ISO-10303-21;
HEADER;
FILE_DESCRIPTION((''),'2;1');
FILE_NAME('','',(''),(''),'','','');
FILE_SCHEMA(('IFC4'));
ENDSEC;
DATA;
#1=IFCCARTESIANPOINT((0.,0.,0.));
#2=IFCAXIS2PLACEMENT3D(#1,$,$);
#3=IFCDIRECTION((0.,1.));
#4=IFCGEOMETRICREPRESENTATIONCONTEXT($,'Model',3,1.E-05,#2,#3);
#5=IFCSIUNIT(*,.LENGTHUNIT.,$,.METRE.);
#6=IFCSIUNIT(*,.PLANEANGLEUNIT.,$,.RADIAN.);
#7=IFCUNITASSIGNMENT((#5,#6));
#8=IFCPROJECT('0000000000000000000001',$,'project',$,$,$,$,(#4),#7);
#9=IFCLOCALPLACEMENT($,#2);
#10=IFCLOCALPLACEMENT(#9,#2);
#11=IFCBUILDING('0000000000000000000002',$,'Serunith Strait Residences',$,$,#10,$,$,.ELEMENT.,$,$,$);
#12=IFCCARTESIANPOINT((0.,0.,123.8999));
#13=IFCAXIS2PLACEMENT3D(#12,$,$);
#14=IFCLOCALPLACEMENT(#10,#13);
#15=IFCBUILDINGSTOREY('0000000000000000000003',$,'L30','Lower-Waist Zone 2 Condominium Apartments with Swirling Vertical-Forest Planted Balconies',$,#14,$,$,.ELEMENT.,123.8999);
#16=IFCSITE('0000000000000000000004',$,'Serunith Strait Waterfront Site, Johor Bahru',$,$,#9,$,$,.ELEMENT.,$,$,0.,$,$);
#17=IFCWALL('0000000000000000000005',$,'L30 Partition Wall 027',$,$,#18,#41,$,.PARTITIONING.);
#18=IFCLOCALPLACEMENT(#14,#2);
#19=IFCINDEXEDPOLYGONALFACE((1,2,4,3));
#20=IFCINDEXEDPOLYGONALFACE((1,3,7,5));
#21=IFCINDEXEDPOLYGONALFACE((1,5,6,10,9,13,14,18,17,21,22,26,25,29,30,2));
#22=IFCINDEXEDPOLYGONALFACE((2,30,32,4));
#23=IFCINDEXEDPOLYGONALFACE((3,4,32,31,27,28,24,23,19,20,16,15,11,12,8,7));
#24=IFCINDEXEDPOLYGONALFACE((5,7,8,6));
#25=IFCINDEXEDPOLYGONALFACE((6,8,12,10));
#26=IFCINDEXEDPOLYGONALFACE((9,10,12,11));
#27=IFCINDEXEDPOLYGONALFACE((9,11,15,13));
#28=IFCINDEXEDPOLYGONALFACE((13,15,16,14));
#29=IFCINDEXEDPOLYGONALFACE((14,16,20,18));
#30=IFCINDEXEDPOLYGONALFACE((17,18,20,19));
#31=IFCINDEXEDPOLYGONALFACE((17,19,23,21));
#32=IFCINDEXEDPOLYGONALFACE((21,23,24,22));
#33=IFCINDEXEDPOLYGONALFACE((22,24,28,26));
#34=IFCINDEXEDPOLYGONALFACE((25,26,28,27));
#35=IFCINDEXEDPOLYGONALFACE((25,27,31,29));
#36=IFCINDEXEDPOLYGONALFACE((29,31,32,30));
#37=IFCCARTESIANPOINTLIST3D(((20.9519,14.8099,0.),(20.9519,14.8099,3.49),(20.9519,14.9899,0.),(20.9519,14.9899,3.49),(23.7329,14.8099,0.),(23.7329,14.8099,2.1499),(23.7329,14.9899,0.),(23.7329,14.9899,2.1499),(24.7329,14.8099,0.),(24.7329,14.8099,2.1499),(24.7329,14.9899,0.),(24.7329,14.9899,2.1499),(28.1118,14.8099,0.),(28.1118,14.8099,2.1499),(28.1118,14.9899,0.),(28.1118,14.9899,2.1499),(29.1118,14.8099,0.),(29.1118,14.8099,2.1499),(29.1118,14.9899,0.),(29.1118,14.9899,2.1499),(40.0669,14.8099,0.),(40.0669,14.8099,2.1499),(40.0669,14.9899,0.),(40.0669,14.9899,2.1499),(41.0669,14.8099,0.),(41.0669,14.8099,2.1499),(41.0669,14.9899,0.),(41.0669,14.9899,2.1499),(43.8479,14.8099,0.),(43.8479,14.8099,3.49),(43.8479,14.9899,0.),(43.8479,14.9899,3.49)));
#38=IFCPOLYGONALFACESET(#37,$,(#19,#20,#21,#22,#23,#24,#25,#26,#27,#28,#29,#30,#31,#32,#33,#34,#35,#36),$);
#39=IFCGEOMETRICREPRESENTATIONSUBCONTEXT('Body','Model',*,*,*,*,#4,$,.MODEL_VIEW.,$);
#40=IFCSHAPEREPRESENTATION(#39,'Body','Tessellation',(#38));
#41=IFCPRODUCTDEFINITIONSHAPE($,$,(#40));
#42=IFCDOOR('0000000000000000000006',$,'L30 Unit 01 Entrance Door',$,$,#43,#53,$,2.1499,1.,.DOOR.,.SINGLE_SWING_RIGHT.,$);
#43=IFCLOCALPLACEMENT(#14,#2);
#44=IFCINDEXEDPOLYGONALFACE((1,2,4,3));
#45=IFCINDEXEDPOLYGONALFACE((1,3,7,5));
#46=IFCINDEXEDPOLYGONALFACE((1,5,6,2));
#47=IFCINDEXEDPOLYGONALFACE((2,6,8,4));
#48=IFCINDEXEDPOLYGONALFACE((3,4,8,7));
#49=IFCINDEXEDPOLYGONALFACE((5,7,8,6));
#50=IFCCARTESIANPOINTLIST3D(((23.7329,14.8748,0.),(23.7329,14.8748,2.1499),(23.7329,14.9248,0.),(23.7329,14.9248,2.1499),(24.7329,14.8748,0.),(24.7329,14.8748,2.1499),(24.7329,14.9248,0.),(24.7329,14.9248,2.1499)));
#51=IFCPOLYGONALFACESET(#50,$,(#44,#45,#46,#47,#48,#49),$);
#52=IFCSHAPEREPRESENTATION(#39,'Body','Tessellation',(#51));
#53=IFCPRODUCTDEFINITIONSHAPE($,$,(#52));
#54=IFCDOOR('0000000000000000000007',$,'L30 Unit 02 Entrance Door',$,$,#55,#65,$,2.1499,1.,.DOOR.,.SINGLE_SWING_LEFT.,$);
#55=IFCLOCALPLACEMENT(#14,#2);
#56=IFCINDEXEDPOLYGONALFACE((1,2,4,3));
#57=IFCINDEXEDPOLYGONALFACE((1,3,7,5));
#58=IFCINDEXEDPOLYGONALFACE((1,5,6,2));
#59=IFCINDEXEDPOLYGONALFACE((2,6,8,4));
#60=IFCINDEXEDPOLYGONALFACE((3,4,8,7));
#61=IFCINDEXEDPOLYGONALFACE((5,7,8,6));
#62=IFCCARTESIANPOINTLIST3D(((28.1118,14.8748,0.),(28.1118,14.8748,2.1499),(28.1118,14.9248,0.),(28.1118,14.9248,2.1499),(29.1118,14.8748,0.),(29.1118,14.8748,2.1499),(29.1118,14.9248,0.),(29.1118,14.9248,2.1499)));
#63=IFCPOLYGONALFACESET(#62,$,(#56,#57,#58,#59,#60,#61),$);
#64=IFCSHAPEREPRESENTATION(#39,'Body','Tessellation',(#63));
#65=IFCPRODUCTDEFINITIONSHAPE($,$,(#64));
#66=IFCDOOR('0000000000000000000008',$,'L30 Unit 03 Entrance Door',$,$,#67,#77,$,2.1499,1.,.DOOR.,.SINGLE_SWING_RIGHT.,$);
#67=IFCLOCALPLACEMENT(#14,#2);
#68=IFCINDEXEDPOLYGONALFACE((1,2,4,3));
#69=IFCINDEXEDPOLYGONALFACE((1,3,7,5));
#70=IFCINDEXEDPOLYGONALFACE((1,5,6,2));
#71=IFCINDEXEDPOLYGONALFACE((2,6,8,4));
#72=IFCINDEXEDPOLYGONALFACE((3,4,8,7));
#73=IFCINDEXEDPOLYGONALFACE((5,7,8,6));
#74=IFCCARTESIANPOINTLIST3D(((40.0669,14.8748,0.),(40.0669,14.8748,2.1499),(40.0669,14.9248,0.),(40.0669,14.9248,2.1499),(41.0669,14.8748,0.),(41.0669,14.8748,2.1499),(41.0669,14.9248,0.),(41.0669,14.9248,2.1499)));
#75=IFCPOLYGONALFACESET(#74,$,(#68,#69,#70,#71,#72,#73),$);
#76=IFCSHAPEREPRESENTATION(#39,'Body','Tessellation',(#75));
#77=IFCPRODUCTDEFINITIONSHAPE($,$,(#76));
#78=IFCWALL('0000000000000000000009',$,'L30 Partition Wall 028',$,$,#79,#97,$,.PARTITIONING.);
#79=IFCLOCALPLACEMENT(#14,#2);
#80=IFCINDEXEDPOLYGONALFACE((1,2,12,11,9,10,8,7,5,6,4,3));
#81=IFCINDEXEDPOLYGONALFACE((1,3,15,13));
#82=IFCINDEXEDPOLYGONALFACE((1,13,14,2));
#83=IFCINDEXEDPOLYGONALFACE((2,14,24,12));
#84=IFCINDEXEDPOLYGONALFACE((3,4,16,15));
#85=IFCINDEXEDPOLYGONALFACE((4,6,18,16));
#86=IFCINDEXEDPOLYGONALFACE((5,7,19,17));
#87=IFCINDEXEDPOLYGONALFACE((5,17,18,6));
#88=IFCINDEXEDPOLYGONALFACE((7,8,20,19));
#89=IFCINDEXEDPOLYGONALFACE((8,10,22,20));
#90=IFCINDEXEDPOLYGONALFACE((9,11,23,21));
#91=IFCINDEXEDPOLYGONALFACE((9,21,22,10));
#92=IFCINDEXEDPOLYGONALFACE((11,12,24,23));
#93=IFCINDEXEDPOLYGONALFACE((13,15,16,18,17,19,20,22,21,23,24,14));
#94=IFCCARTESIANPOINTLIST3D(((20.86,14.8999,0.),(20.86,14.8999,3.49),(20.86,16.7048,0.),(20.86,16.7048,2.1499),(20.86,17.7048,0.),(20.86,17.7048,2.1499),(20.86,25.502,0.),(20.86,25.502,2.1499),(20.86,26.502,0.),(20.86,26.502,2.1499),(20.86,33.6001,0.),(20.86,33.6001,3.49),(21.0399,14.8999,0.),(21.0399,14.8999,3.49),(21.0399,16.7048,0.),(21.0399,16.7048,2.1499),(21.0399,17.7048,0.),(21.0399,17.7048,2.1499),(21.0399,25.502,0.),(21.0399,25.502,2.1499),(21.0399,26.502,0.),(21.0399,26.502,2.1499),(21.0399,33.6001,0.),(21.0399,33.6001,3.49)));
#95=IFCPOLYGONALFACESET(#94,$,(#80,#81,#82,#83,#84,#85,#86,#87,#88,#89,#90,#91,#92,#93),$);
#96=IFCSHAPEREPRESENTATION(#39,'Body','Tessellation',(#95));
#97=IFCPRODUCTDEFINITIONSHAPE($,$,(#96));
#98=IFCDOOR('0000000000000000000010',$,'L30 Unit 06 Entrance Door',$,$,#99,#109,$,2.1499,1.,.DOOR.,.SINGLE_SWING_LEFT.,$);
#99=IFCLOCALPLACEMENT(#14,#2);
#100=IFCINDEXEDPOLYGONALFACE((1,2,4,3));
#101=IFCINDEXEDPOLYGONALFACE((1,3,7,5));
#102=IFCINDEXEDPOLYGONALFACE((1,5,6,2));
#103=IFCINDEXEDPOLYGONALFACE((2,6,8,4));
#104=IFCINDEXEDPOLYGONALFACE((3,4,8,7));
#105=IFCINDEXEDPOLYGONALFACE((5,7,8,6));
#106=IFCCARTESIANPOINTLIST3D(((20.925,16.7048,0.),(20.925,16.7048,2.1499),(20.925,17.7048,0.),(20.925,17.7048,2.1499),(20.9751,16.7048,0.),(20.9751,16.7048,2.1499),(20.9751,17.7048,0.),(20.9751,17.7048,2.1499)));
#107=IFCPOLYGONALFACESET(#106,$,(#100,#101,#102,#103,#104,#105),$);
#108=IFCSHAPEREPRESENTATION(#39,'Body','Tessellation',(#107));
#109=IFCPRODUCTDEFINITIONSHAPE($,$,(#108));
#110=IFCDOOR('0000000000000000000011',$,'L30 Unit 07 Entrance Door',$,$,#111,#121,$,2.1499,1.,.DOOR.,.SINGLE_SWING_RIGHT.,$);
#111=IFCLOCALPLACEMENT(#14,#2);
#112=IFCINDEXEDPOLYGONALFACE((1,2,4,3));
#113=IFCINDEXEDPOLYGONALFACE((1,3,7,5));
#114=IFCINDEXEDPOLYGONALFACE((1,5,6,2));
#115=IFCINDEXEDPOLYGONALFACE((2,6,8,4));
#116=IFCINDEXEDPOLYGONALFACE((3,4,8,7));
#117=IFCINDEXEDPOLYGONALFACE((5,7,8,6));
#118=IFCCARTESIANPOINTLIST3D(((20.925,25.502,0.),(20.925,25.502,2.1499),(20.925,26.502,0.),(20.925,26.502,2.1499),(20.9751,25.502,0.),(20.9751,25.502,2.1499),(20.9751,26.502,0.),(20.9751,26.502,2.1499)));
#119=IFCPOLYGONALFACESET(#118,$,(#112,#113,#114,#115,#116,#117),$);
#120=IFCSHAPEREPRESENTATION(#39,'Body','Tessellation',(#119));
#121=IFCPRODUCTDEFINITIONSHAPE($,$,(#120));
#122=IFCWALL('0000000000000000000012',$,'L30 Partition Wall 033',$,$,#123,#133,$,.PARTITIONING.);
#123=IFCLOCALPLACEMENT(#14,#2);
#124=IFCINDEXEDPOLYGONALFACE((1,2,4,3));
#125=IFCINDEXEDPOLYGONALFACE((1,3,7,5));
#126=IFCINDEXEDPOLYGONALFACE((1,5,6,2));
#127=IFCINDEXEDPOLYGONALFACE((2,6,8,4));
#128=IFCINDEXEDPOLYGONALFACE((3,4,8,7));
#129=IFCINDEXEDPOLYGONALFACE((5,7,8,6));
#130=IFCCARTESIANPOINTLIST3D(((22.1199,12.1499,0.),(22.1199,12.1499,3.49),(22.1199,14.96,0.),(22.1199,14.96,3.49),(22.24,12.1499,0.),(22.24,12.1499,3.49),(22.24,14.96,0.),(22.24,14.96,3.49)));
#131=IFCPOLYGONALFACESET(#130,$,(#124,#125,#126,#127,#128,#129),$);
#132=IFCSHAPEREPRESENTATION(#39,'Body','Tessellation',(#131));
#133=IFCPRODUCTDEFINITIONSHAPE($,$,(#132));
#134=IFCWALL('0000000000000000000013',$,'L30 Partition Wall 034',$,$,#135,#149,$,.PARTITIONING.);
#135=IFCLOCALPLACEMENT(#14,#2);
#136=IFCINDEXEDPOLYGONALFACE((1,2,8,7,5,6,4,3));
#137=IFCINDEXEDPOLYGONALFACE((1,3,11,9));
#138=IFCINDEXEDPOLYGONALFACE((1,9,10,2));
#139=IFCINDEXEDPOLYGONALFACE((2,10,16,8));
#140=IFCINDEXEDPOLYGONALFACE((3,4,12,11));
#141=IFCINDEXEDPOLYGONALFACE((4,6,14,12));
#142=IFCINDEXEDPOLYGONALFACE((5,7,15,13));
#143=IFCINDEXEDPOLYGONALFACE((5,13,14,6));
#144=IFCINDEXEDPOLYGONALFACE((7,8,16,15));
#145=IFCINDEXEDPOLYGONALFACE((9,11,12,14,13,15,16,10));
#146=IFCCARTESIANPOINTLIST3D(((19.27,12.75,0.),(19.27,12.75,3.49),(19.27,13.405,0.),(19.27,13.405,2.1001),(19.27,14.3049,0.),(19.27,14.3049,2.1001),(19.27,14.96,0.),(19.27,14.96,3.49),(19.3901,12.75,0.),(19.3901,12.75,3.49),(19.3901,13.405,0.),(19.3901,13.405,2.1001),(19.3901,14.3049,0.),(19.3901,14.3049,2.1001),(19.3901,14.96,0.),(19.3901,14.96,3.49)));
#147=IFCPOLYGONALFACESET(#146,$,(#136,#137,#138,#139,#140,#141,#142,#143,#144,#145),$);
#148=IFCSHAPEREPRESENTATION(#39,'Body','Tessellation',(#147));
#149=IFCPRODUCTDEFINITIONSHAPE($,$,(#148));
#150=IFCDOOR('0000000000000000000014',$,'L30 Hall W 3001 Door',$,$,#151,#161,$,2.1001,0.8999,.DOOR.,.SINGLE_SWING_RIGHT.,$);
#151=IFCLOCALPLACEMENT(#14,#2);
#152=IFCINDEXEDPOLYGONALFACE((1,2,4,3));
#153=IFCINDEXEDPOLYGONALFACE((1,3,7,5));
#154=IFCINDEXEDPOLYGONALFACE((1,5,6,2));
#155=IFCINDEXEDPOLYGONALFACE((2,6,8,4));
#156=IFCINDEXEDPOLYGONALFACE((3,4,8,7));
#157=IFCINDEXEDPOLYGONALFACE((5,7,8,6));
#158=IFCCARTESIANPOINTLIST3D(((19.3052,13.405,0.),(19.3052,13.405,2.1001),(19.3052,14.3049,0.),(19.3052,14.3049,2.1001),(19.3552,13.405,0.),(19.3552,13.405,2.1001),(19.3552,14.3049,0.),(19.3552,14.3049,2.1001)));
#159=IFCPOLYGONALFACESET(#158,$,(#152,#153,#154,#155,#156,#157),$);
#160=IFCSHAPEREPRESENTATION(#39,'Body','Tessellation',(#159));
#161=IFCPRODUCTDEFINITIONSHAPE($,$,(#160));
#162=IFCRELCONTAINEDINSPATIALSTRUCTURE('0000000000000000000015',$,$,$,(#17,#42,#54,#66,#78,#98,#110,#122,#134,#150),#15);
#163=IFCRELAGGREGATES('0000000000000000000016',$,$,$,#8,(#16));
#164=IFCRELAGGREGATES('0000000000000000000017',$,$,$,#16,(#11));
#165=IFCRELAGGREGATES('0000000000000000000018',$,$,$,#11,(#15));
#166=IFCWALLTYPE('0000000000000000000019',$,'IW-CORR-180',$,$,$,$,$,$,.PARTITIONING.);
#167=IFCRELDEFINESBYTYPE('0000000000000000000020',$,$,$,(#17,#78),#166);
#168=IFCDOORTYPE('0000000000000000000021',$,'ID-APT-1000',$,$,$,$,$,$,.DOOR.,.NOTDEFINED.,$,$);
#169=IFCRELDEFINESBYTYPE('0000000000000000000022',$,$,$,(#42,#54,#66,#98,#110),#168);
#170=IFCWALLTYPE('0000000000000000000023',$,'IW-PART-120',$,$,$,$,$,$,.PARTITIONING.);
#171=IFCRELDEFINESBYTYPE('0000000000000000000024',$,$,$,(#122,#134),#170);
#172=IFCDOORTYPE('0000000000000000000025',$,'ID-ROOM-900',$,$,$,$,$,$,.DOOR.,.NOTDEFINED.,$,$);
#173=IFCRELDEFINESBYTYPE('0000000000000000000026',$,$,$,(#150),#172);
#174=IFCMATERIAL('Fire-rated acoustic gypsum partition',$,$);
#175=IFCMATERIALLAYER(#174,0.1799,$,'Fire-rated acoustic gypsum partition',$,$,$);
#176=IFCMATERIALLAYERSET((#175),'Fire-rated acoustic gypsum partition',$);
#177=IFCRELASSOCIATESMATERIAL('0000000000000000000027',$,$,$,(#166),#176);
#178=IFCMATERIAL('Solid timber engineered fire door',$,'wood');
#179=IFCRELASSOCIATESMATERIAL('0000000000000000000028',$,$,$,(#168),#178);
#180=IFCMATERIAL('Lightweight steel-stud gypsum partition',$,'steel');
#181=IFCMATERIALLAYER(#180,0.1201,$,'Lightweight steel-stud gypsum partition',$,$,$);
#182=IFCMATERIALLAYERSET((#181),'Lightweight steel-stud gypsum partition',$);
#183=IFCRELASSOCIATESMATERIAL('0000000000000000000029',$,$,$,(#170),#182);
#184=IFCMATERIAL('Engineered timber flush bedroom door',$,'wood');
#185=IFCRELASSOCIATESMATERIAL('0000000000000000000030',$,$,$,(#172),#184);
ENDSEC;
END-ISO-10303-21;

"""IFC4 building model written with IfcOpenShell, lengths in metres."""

from ifc_helpers import new_model, si_unit, direction, frame, frame_2d, origin, place, context, subcontext, project, spatial, rectangle, extrude, source, transform, mapped, material, layer, layer_set, type_object, element, fill, save


model = new_model("IFC4")

# Units and contexts
model_context = context("Model", 3, precision=1e-05, world=origin(), true_north=direction((0.0, 1.0)))
body_context = subcontext(model_context, "Body", "Model", "MODEL_VIEW")
ifc_project = project(units=[si_unit("LENGTHUNIT", "METRE"), si_unit("PLANEANGLEUNIT", "RADIAN")], contexts=[model_context])

# Site, building, storey
site_placement = place(None, origin())
site = spatial("IfcSite", under=ifc_project, at=site_placement, Name="Serunith Strait Waterfront Site, Johor Bahru", CompositionType="ELEMENT", RefElevation=0.0)
building_placement = place(site_placement, origin())
building = spatial("IfcBuilding", under=site, at=building_placement, Name="Serunith Strait Residences", CompositionType="ELEMENT")
storey_placement = place(building_placement, frame((0.0, 0.0, 123.8999)))
storey = spatial("IfcBuildingStorey", under=building, at=storey_placement, Name="L30", Description="Lower-Waist Zone 2 Condominium Apartments with Swirling Vertical-Forest Planted Balconies", CompositionType="ELEMENT", Elevation=123.8999)

# Walls, openings, doors
ifc_material_1 = material(Name="Fire-rated acoustic gypsum partition")
ifc_layer_1 = layer(ifc_material_1, 0.1799, Name="Fire-rated acoustic gypsum partition")
ifc_layer_set_1 = layer_set([ifc_layer_1], Name="Fire-rated acoustic gypsum partition")
wall_type_1 = type_object("IfcWallType", Name="IW-CORR-180", PredefinedType="PARTITIONING", material=ifc_layer_set_1)
wall_1_placement = place(storey_placement, frame((20.9519, 14.8999, 0.0), z_axis=(0.0, 0.0, 1.0), x_axis=(1.0, 0.0, 0.0)))
wall_1 = element("IfcWall", 1, at=wall_1_placement, inside=storey, type_object=wall_type_1, Name="L30 Partition Wall 027", PredefinedType="PARTITIONING", context=body_context, shape_type="SweptSolid", body=[
    extrude(rectangle(XDim=22.896, YDim=0.1799, at=frame_2d((11.448, 0.0))), origin(), (0.0, 0.0, 1.0), 3.49),
])
opening_1_placement = place(wall_1_placement, frame((2.781, 0.0, 0.0)))
opening_1 = element("IfcOpeningElement", 2, at=opening_1_placement, cuts=wall_1, PredefinedType="OPENING", context=body_context, shape_type="SweptSolid", body=[
    extrude(rectangle(XDim=1.0, YDim=2.1499, at=frame_2d((0.5, 1.075))), frame((0.0, 0.1001, 0.0), z_axis=(0.0, -1.0, 0.0), x_axis=(1.0, 0.0, 0.0)), (0.0, 0.0, 1.0), 0.2),
])
opening_2_placement = place(wall_1_placement, frame((7.1599, 0.0, 0.0)))
opening_2 = element("IfcOpeningElement", 3, at=opening_2_placement, cuts=wall_1, PredefinedType="OPENING", context=body_context, shape_type="SweptSolid", body=[
    extrude(rectangle(XDim=1.0, YDim=2.1499, at=frame_2d((0.5, 1.075))), frame((0.0, 0.1001, 0.0), z_axis=(0.0, -1.0, 0.0), x_axis=(1.0, 0.0, 0.0)), (0.0, 0.0, 1.0), 0.2),
])
opening_3_placement = place(wall_1_placement, frame((19.115, 0.0, 0.0)))
opening_3 = element("IfcOpeningElement", 4, at=opening_3_placement, cuts=wall_1, PredefinedType="OPENING", context=body_context, shape_type="SweptSolid", body=[
    extrude(rectangle(XDim=1.0, YDim=2.1499, at=frame_2d((0.5, 1.075))), frame((0.0, 0.1001, 0.0), z_axis=(0.0, -1.0, 0.0), x_axis=(1.0, 0.0, 0.0)), (0.0, 0.0, 1.0), 0.2),
])
ifc_material_2 = material(Name="Solid timber engineered fire door", Category="wood")
door_type_1 = type_object("IfcDoorType", Name="ID-APT-1000", OperationType="NOTDEFINED", PredefinedType="DOOR", material=ifc_material_2)
shared_shape_1 = source(origin(), body_context, "Body", "SweptSolid", [
    extrude(rectangle(XDim=1.0, YDim=2.1499, at=frame_2d((0.5, 1.075))), frame((0.0, 0.0249, 0.0), z_axis=(0.0, -1.0, 0.0), x_axis=(1.0, 0.0, 0.0)), (0.0, 0.0, 1.0), 0.05),
])
door_1_placement = place(opening_1_placement, origin())
door_1 = element("IfcDoor", 5, at=door_1_placement, inside=storey, type_object=door_type_1, Name="L30 Unit 01 Entrance Door", OperationType="SINGLE_SWING_RIGHT", OverallHeight=2.1499, OverallWidth=1.0, PredefinedType="DOOR", context=body_context, shape_type="MappedRepresentation", body=[
    mapped(shared_shape_1, transform((0.0, 0.0, 0.0), scale=1.0)),
])
fill(opening_1, door_1)
door_2_placement = place(opening_2_placement, origin())
door_2 = element("IfcDoor", 6, at=door_2_placement, inside=storey, type_object=door_type_1, Name="L30 Unit 02 Entrance Door", OperationType="SINGLE_SWING_LEFT", OverallHeight=2.1499, OverallWidth=1.0, PredefinedType="DOOR", context=body_context, shape_type="MappedRepresentation", body=[
    mapped(shared_shape_1, transform((0.0, 0.0, 0.0), scale=1.0)),
])
fill(opening_2, door_2)
door_3_placement = place(opening_3_placement, origin())
door_3 = element("IfcDoor", 7, at=door_3_placement, inside=storey, type_object=door_type_1, Name="L30 Unit 03 Entrance Door", OperationType="SINGLE_SWING_RIGHT", OverallHeight=2.1499, OverallWidth=1.0, PredefinedType="DOOR", context=body_context, shape_type="MappedRepresentation", body=[
    mapped(shared_shape_1, transform((0.0, 0.0, 0.0), scale=1.0)),
])
fill(opening_3, door_3)
wall_2_placement = place(storey_placement, frame((20.95, 14.8999, 0.0), z_axis=(0.0, 0.0, 1.0), x_axis=(0.0, 1.0, 0.0)))
wall_2 = element("IfcWall", 8, at=wall_2_placement, inside=storey, type_object=wall_type_1, Name="L30 Partition Wall 028", PredefinedType="PARTITIONING", context=body_context, shape_type="SweptSolid", body=[
    extrude(rectangle(XDim=18.7002, YDim=0.1799, at=frame_2d((9.3501, 0.0))), origin(), (0.0, 0.0, 1.0), 3.49),
])
opening_4_placement = place(wall_2_placement, frame((1.8049, 0.0, 0.0)))
opening_4 = element("IfcOpeningElement", 9, at=opening_4_placement, cuts=wall_2, PredefinedType="OPENING", context=body_context, shape_type="SweptSolid", body=[
    extrude(rectangle(XDim=1.0, YDim=2.1499, at=frame_2d((0.5, 1.075))), frame((0.0, 0.1001, 0.0), z_axis=(0.0, -1.0, 0.0), x_axis=(1.0, 0.0, 0.0)), (0.0, 0.0, 1.0), 0.2),
])
opening_5_placement = place(wall_2_placement, frame((10.6021, 0.0, 0.0)))
opening_5 = element("IfcOpeningElement", 10, at=opening_5_placement, cuts=wall_2, PredefinedType="OPENING", context=body_context, shape_type="SweptSolid", body=[
    extrude(rectangle(XDim=1.0, YDim=2.1499, at=frame_2d((0.5, 1.075))), frame((0.0, 0.1001, 0.0), z_axis=(0.0, -1.0, 0.0), x_axis=(1.0, 0.0, 0.0)), (0.0, 0.0, 1.0), 0.2),
])
door_4_placement = place(opening_4_placement, origin())
door_4 = element("IfcDoor", 11, at=door_4_placement, inside=storey, type_object=door_type_1, Name="L30 Unit 06 Entrance Door", OperationType="SINGLE_SWING_LEFT", OverallHeight=2.1499, OverallWidth=1.0, PredefinedType="DOOR", context=body_context, shape_type="MappedRepresentation", body=[
    mapped(shared_shape_1, transform((0.0, 0.0, 0.0), scale=1.0)),
])
fill(opening_4, door_4)
door_5_placement = place(opening_5_placement, origin())
door_5 = element("IfcDoor", 12, at=door_5_placement, inside=storey, type_object=door_type_1, Name="L30 Unit 07 Entrance Door", OperationType="SINGLE_SWING_RIGHT", OverallHeight=2.1499, OverallWidth=1.0, PredefinedType="DOOR", context=body_context, shape_type="MappedRepresentation", body=[
    mapped(shared_shape_1, transform((0.0, 0.0, 0.0), scale=1.0)),
])
fill(opening_5, door_5)

# Wall
ifc_material_3 = material(Name="Lightweight steel-stud gypsum partition", Category="steel")
ifc_layer_2 = layer(ifc_material_3, 0.1201, Name="Lightweight steel-stud gypsum partition")
ifc_layer_set_2 = layer_set([ifc_layer_2], Name="Lightweight steel-stud gypsum partition")
wall_type_2 = type_object("IfcWallType", Name="IW-PART-120", PredefinedType="PARTITIONING", material=ifc_layer_set_2)
wall_3_placement = place(storey_placement, frame((22.1799, 12.1499, 0.0), z_axis=(0.0, 0.0, 1.0), x_axis=(0.0, 1.0, 0.0)))
element("IfcWall", 13, at=wall_3_placement, inside=storey, type_object=wall_type_2, Name="L30 Partition Wall 033", PredefinedType="PARTITIONING", context=body_context, shape_type="SweptSolid", body=[
    extrude(rectangle(XDim=2.8101, YDim=0.1201, at=frame_2d((1.405, 0.0))), origin(), (0.0, 0.0, 1.0), 3.49),
])

# Wall, opening, door
wall_4_placement = place(storey_placement, frame((19.3301, 12.75, 0.0), z_axis=(0.0, 0.0, 1.0), x_axis=(0.0, 1.0, 0.0)))
wall_4 = element("IfcWall", 14, at=wall_4_placement, inside=storey, type_object=wall_type_2, Name="L30 Partition Wall 034", PredefinedType="PARTITIONING", context=body_context, shape_type="SweptSolid", body=[
    extrude(rectangle(XDim=2.21, YDim=0.1201, at=frame_2d((1.105, 0.0))), origin(), (0.0, 0.0, 1.0), 3.49),
])
opening_6_placement = place(wall_4_placement, frame((0.655, 0.0, 0.0)))
opening_6 = element("IfcOpeningElement", 15, at=opening_6_placement, cuts=wall_4, PredefinedType="OPENING", context=body_context, shape_type="SweptSolid", body=[
    extrude(rectangle(XDim=0.8999, YDim=2.1001, at=frame_2d((0.45, 1.05))), frame((0.0, 0.0701, 0.0), z_axis=(0.0, -1.0, 0.0), x_axis=(1.0, 0.0, 0.0)), (0.0, 0.0, 1.0), 0.1401),
])
ifc_material_4 = material(Name="Engineered timber flush bedroom door", Category="wood")
door_type_2 = type_object("IfcDoorType", Name="ID-ROOM-900", OperationType="NOTDEFINED", PredefinedType="DOOR", material=ifc_material_4)
shared_shape_2 = source(origin(), body_context, "Body", "SweptSolid", [
    extrude(rectangle(XDim=0.8999, YDim=2.1001, at=frame_2d((0.45, 1.05))), frame((0.0, 0.0249, 0.0), z_axis=(0.0, -1.0, 0.0), x_axis=(1.0, 0.0, 0.0)), (0.0, 0.0, 1.0), 0.05),
])
door_6_placement = place(opening_6_placement, origin())
door_6 = element("IfcDoor", 16, at=door_6_placement, inside=storey, type_object=door_type_2, Name="L30 Hall W 3001 Door", OperationType="SINGLE_SWING_RIGHT", OverallHeight=2.1001, OverallWidth=0.8999, PredefinedType="DOOR", context=body_context, shape_type="MappedRepresentation", body=[
    mapped(shared_shape_2, transform((0.0, 0.0, 0.0), scale=1.0)),
])
fill(opening_6, door_6)

save(model, "model.ifc")
